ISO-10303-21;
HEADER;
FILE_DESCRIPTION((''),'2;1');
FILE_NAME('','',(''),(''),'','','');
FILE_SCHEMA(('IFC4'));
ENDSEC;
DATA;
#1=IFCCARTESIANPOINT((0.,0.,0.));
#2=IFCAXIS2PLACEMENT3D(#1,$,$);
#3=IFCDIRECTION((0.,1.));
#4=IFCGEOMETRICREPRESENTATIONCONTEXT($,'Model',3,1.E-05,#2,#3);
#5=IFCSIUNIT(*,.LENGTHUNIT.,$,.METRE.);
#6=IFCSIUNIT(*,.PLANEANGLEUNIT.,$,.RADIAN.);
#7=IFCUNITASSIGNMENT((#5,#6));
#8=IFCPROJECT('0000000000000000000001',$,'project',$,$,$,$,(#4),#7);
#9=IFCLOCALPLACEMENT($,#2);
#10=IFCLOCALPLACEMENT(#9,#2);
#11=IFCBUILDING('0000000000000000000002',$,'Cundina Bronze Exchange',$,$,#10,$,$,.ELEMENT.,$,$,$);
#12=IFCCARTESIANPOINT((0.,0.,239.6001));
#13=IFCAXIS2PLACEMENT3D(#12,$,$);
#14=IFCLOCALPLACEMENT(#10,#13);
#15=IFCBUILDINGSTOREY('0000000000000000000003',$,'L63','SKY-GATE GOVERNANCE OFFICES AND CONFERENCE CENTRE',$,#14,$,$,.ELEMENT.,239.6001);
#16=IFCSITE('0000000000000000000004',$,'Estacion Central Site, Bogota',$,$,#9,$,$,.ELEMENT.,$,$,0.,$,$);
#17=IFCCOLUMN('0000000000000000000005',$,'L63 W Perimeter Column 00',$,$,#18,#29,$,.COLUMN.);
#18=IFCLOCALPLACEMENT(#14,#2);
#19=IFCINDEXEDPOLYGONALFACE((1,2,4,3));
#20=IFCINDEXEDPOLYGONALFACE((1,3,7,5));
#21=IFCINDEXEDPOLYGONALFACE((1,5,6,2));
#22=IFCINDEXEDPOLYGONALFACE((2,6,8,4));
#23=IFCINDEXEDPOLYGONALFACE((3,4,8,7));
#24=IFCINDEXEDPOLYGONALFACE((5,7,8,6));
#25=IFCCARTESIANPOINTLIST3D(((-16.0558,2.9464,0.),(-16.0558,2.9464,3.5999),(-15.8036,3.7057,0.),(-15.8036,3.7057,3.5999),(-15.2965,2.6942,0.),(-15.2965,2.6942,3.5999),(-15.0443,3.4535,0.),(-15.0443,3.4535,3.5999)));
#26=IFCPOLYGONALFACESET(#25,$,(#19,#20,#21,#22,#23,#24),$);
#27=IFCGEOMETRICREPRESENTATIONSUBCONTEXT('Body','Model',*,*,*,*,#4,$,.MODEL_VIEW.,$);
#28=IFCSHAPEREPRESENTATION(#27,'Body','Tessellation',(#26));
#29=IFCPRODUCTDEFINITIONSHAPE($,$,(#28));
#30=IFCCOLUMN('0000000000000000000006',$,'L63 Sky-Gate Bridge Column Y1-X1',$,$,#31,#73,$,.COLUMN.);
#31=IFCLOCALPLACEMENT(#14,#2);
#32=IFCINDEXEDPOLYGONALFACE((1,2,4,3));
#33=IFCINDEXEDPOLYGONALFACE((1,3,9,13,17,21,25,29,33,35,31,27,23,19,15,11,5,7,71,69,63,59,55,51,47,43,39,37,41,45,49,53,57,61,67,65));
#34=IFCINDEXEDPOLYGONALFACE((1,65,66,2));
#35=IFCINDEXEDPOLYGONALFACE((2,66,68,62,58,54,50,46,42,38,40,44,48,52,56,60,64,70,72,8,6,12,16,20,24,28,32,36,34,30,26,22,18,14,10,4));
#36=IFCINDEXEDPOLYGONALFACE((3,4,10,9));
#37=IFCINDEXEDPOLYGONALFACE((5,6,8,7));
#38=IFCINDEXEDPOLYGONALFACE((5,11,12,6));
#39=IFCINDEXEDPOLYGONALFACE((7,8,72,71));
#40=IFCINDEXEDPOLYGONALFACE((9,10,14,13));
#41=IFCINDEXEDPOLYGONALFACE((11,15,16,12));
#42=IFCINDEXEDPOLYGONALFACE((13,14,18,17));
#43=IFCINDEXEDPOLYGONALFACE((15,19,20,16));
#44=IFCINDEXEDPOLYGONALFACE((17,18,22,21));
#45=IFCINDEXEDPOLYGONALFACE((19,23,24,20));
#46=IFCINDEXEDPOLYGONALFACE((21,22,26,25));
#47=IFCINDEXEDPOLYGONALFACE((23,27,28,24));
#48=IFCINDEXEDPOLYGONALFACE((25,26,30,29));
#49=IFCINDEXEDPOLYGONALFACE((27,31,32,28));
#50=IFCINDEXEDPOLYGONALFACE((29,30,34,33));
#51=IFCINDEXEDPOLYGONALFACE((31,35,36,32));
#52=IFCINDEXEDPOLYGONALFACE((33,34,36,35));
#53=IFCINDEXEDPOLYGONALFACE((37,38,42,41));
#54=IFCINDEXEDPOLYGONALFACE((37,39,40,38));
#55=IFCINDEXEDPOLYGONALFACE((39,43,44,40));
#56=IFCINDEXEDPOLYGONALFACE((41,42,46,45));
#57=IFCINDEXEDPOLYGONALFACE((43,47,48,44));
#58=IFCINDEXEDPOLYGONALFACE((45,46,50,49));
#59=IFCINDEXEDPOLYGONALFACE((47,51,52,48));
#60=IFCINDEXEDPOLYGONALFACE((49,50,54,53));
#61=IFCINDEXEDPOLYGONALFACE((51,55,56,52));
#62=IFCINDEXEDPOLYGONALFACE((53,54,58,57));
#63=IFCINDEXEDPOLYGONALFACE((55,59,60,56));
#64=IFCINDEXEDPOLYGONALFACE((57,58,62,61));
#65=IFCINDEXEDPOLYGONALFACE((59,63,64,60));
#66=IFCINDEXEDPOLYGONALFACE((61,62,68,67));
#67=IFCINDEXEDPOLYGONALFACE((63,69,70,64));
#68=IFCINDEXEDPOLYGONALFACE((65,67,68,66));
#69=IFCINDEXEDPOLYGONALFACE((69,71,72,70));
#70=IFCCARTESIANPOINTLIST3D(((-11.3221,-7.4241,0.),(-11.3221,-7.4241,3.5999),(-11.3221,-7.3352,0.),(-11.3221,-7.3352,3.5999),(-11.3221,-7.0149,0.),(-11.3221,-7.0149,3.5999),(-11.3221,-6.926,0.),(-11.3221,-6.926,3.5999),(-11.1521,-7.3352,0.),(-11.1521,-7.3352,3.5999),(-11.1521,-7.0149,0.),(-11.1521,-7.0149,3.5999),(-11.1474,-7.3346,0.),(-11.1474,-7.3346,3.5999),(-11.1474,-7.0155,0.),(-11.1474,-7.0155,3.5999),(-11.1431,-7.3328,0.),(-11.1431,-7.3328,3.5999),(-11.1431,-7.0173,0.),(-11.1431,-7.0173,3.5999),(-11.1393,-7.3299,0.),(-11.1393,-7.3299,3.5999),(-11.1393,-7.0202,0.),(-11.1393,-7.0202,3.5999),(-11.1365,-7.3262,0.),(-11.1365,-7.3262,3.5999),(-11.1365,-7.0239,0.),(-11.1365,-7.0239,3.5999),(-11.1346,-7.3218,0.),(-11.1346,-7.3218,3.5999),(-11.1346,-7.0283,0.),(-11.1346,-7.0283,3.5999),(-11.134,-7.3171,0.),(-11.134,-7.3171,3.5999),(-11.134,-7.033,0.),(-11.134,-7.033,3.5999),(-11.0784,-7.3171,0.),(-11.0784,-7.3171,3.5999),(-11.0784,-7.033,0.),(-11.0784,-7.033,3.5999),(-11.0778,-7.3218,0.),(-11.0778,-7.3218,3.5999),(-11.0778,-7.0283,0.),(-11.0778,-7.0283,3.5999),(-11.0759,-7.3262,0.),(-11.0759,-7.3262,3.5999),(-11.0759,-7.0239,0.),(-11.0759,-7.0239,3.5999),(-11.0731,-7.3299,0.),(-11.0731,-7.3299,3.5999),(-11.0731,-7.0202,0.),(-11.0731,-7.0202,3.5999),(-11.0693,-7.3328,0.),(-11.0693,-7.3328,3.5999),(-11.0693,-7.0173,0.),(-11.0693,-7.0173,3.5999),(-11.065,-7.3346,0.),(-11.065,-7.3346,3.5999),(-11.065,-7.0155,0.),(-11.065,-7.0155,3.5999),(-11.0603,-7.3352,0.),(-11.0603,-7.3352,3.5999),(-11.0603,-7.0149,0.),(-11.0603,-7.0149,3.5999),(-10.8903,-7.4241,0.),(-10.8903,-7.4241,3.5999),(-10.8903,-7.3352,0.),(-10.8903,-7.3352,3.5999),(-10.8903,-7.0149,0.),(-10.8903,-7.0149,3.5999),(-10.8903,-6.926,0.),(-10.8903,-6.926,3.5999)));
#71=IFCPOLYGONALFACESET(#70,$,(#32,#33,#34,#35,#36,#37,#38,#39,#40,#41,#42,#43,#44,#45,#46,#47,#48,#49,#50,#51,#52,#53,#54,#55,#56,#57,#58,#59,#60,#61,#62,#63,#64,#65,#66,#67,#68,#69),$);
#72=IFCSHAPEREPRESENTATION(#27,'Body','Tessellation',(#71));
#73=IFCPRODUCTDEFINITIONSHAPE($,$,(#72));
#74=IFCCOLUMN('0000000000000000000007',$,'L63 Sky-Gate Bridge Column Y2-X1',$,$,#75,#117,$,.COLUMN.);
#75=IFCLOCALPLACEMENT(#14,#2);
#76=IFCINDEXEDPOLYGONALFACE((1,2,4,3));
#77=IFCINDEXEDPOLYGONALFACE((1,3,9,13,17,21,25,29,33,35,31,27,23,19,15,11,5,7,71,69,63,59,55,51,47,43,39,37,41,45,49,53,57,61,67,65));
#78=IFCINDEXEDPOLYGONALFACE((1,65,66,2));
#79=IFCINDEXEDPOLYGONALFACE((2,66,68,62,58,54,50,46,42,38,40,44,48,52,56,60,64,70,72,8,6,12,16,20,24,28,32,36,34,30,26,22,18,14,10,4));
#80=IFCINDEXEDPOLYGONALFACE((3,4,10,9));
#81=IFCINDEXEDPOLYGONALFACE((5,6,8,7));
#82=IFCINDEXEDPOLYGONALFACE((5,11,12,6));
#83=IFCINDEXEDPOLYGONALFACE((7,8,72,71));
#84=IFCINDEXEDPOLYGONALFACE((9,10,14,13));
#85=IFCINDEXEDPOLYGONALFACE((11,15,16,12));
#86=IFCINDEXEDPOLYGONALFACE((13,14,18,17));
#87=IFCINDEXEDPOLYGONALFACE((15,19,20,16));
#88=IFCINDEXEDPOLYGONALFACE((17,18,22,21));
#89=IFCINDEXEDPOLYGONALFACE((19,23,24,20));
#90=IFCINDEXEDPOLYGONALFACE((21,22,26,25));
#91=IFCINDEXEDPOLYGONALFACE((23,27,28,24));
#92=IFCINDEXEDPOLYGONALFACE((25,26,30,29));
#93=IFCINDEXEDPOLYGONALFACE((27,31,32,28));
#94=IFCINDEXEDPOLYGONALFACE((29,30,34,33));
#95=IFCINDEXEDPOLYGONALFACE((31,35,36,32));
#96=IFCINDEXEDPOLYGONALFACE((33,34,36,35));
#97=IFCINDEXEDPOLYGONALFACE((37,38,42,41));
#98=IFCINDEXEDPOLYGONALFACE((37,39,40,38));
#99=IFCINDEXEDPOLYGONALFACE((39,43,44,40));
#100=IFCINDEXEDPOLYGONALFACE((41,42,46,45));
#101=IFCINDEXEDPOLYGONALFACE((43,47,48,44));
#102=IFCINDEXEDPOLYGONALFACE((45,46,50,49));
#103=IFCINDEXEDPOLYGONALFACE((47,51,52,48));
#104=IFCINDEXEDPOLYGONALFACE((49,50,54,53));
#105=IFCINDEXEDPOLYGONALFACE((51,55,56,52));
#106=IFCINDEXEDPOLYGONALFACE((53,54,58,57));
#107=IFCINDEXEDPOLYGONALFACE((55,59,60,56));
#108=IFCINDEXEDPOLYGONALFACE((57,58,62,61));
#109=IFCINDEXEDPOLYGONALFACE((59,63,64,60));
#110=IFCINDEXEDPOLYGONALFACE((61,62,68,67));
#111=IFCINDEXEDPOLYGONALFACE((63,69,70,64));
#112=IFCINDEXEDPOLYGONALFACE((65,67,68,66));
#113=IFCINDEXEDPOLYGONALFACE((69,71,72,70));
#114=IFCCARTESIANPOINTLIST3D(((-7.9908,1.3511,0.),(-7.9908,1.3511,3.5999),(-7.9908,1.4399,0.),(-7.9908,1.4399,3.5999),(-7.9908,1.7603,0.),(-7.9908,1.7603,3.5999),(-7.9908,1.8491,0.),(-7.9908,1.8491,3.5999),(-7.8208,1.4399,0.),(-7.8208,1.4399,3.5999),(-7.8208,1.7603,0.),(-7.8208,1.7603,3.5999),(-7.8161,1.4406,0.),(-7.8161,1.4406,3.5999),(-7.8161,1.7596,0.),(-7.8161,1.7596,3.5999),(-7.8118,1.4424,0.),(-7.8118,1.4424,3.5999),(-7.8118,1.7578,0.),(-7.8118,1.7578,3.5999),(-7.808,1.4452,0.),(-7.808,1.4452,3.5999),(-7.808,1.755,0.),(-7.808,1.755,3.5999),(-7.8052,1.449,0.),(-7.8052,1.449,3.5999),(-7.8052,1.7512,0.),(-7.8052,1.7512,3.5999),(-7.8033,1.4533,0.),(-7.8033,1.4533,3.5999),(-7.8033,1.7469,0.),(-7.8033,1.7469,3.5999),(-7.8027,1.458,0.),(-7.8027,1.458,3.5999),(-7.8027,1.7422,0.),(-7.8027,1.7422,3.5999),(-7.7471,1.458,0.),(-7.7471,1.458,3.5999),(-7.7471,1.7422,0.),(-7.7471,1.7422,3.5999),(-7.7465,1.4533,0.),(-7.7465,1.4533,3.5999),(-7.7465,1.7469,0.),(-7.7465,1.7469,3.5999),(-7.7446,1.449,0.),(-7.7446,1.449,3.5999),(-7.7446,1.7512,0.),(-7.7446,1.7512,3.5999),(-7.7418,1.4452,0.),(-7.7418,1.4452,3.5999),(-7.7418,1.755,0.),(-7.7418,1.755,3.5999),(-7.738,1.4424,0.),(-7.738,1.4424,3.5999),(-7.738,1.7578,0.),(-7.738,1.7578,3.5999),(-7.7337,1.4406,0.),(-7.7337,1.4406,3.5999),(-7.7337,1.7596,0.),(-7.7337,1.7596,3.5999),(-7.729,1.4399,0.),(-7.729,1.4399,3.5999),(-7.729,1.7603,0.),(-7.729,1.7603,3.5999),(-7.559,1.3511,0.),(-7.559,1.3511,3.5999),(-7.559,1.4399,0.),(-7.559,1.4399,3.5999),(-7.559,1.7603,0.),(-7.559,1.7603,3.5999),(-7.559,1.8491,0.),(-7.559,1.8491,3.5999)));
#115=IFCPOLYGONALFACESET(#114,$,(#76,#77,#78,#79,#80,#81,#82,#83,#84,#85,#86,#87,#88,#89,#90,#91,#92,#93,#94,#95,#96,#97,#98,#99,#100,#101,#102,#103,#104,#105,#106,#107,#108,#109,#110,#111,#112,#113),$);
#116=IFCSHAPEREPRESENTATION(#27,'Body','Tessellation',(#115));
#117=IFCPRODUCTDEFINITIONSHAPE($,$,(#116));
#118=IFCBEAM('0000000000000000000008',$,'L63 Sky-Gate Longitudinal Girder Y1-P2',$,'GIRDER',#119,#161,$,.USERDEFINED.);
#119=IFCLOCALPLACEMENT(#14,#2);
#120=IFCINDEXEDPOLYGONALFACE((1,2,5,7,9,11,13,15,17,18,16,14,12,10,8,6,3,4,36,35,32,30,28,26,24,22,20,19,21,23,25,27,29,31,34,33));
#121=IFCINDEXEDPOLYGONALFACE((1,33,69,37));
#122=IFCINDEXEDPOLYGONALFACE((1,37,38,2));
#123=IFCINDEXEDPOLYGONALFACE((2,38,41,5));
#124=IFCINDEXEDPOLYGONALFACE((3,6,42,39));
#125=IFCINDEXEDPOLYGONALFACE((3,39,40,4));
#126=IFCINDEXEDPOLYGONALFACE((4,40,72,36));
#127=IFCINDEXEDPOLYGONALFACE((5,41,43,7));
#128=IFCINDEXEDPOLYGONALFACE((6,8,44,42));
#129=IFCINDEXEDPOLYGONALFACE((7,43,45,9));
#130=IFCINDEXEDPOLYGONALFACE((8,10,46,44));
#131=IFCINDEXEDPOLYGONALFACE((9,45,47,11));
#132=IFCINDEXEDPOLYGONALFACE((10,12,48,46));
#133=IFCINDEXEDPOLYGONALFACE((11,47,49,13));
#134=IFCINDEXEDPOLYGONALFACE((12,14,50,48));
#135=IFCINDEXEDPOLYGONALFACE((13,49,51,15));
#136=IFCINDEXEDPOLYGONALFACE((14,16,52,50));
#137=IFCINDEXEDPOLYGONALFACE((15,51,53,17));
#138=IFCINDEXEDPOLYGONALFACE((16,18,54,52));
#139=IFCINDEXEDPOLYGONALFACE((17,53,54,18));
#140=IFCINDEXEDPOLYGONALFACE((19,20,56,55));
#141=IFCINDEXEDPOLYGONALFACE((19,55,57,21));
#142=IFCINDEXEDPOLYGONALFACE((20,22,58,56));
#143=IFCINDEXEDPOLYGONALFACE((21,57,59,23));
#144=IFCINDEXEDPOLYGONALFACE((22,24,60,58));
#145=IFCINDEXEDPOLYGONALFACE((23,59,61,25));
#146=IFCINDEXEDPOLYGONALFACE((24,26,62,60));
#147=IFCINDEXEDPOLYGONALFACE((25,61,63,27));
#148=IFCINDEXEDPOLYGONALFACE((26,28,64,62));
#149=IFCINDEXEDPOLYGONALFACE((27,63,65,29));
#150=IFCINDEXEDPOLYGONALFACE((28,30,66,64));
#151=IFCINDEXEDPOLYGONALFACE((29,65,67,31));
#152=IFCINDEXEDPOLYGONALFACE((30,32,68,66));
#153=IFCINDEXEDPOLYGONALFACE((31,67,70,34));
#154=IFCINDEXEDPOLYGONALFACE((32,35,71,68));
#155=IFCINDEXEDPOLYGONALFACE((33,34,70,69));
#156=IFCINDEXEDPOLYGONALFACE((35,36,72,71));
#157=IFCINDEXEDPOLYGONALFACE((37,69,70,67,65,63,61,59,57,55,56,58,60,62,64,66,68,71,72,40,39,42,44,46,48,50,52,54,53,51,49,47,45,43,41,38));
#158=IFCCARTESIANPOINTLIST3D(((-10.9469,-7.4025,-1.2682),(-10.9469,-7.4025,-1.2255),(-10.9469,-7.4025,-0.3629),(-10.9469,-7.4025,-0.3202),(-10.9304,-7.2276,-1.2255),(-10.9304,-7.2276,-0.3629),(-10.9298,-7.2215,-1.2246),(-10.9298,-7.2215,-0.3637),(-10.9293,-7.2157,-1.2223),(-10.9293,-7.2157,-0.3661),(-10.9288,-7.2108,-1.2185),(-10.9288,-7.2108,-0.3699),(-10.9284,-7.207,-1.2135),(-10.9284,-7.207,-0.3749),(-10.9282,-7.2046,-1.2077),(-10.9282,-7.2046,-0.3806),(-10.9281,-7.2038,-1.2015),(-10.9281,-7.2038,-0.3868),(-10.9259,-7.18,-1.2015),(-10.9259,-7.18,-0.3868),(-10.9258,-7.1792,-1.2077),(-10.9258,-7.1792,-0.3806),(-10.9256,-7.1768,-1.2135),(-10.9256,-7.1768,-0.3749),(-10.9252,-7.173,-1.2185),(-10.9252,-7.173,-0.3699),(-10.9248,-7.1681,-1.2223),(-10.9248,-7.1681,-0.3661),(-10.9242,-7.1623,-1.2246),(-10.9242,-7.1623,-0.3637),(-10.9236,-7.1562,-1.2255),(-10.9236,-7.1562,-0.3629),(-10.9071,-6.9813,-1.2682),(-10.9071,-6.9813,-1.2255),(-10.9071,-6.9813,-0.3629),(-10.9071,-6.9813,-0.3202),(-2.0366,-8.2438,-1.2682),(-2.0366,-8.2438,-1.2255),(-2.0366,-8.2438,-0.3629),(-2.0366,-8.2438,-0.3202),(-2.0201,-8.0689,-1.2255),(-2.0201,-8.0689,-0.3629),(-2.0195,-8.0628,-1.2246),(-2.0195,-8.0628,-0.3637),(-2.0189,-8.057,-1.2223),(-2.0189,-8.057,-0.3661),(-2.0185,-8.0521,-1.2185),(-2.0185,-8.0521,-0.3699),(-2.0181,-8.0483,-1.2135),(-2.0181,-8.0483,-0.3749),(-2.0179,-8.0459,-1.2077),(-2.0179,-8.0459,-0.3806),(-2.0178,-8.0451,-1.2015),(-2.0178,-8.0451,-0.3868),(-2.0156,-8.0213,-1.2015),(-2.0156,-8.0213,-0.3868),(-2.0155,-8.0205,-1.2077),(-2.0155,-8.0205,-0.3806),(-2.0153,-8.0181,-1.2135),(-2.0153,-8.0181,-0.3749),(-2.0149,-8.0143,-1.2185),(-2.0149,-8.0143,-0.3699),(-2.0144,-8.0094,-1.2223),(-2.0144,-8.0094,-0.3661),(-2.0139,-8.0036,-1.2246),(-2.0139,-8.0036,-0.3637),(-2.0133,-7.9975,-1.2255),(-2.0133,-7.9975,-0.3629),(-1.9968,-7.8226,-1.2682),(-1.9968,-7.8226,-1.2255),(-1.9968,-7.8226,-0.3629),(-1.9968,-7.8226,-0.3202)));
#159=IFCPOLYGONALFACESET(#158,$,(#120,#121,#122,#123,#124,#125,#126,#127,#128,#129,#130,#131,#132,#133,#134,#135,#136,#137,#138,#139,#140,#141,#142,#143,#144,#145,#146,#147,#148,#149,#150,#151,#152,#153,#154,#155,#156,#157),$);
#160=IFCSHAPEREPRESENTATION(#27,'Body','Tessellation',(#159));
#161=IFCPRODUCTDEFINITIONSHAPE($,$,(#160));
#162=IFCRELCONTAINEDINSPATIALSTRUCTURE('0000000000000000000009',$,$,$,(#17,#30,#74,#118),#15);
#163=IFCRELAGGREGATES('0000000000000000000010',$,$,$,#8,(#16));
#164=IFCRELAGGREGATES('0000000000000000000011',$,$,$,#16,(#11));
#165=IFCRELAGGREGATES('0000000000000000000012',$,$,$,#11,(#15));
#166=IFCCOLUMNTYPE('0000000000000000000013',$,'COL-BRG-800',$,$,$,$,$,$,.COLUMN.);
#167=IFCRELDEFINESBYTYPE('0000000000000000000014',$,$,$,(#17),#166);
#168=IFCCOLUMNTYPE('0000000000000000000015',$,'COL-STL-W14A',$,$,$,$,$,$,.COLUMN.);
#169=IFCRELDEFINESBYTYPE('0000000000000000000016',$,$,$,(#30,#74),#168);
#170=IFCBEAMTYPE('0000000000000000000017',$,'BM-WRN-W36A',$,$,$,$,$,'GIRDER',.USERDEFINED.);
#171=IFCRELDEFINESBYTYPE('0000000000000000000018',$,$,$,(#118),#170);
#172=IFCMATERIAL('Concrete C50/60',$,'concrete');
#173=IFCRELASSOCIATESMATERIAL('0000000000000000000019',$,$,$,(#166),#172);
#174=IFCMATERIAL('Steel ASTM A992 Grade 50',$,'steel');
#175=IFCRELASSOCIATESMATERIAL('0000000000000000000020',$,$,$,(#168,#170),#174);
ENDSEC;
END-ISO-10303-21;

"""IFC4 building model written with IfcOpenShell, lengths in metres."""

from ifc_helpers import new_model, si_unit, direction, frame, origin, origin_2d, place, context, subcontext, project, spatial, rectangle, i_section, extrude, material, material_profile, profile_set, type_object, element, save


model = new_model("IFC4")

# Units and contexts
model_context = context("Model", 3, precision=1e-05, world=origin(), true_north=direction((0.0, 1.0)))
body_context = subcontext(model_context, "Body", "Model", "MODEL_VIEW")
ifc_project = project(units=[si_unit("LENGTHUNIT", "METRE"), si_unit("PLANEANGLEUNIT", "RADIAN")], contexts=[model_context])

# Site, building, storey
site_placement = place(None, origin())
site = spatial("IfcSite", under=ifc_project, at=site_placement, Name="Estacion Central Site, Bogota", CompositionType="ELEMENT", RefElevation=0.0)
building_placement = place(site_placement, origin())
building = spatial("IfcBuilding", under=site, at=building_placement, Name="Cundina Bronze Exchange", CompositionType="ELEMENT")
storey_placement = place(building_placement, frame((0.0, 0.0, 239.6001)))
storey = spatial("IfcBuildingStorey", under=building, at=storey_placement, Name="L63", Description="SKY-GATE GOVERNANCE OFFICES AND CONFERENCE CENTRE", CompositionType="ELEMENT", Elevation=239.6001)

# Columns
ifc_material_1 = material(Name="Concrete C50/60", Category="concrete")
ifc_material_profile_1 = material_profile(ifc_material_1, rectangle(XDim=0.8, YDim=0.8, at=origin_2d()), Name="RC800X800", Category="concrete")
ifc_profile_set_1 = profile_set([ifc_material_profile_1], Name="Concrete C50/60")
column_type_1 = type_object("IfcColumnType", Name="COL-BRG-800", PredefinedType="COLUMN", material=ifc_profile_set_1)
column_placement = place(storey_placement, frame((-15.55, 3.2, 0.0), z_axis=(0.0, 0.0, 1.0), x_axis=(0.315152, 0.949041, 0.0)))
element("IfcColumn", 1, at=column_placement, inside=storey, type_object=column_type_1, Name="L63 W Perimeter Column 00", PredefinedType="COLUMN", context=body_context, shape_type="SweptSolid", body=[
    extrude(rectangle(XDim=0.8, YDim=0.8, at=origin_2d()), origin(), (0.0, 0.0, 1.0), 3.5999),
])
ifc_material_2 = material(Name="Steel ASTM A992 Grade 50", Category="steel")
ifc_material_profile_2 = material_profile(ifc_material_2, i_section(OverallWidth=0.4319, OverallDepth=0.498, WebThickness=0.0557, FlangeThickness=0.0889, FilletRadius=0.0181, at=origin_2d()), Name="W14X500", Category="steel")
ifc_profile_set_2 = profile_set([ifc_material_profile_2], Name="Steel ASTM A992 Grade 50")
column_type_2 = type_object("IfcColumnType", Name="COL-STL-W14A", PredefinedType="COLUMN", material=ifc_profile_set_2)
for number, where, z_axis, x_axis, name in (
    (2, (-11.1062, -7.175, 0.0), (0.0, 0.0, 1.0), (1.0, 0.0, 0.0), "L63 Sky-Gate Bridge Column Y1-X1"),
    (3, (-7.7749, 1.6001, 0.0), (0.0, 0.0, 1.0), (1.0, 0.0, 0.0), "L63 Sky-Gate Bridge Column Y2-X1"),
):
    element("IfcColumn", number, at=place(storey_placement, frame(where, z_axis=z_axis, x_axis=x_axis)), inside=storey, type_object=column_type_2, Name=name, PredefinedType="COLUMN", context=body_context, shape_type="SweptSolid", body=[
        extrude(i_section(OverallWidth=0.4319, OverallDepth=0.498, WebThickness=0.0557, FlangeThickness=0.0889, FilletRadius=0.0181, at=origin_2d()), origin(), (0.0, 0.0, 1.0), 3.5999),
    ])

# Beam
ifc_material_profile_3 = material_profile(ifc_material_2, i_section(OverallWidth=0.4231, OverallDepth=0.948, WebThickness=0.0239, FlangeThickness=0.0427, FilletRadius=0.0239, at=origin_2d()), Name="W36X302", Category="steel")
ifc_profile_set_3 = profile_set([ifc_material_profile_3], Name="Steel ASTM A992 Grade 50")
beam_type_1 = type_object("IfcBeamType", Name="BM-WRN-W36A", ElementType="GIRDER", PredefinedType="USERDEFINED", material=ifc_profile_set_3)
beam_1_placement = place(storey_placement, frame((-10.927, -7.1919, -0.7942), z_axis=(0.995572, -0.094001, 0.0), x_axis=(0.094001, 0.995572, 0.0)))
element("IfcBeam", 4, at=beam_1_placement, inside=storey, type_object=beam_type_1, Name="L63 Sky-Gate Longitudinal Girder Y1-P2", ObjectType="GIRDER", PredefinedType="USERDEFINED", context=body_context, shape_type="SweptSolid", body=[
    extrude(i_section(OverallWidth=0.4231, OverallDepth=0.948, WebThickness=0.0239, FlangeThickness=0.0427, FilletRadius=0.0239, at=origin_2d()), origin(), (0.0, 0.0, 1.0), 8.95),
])

save(model, "model.ifc")
